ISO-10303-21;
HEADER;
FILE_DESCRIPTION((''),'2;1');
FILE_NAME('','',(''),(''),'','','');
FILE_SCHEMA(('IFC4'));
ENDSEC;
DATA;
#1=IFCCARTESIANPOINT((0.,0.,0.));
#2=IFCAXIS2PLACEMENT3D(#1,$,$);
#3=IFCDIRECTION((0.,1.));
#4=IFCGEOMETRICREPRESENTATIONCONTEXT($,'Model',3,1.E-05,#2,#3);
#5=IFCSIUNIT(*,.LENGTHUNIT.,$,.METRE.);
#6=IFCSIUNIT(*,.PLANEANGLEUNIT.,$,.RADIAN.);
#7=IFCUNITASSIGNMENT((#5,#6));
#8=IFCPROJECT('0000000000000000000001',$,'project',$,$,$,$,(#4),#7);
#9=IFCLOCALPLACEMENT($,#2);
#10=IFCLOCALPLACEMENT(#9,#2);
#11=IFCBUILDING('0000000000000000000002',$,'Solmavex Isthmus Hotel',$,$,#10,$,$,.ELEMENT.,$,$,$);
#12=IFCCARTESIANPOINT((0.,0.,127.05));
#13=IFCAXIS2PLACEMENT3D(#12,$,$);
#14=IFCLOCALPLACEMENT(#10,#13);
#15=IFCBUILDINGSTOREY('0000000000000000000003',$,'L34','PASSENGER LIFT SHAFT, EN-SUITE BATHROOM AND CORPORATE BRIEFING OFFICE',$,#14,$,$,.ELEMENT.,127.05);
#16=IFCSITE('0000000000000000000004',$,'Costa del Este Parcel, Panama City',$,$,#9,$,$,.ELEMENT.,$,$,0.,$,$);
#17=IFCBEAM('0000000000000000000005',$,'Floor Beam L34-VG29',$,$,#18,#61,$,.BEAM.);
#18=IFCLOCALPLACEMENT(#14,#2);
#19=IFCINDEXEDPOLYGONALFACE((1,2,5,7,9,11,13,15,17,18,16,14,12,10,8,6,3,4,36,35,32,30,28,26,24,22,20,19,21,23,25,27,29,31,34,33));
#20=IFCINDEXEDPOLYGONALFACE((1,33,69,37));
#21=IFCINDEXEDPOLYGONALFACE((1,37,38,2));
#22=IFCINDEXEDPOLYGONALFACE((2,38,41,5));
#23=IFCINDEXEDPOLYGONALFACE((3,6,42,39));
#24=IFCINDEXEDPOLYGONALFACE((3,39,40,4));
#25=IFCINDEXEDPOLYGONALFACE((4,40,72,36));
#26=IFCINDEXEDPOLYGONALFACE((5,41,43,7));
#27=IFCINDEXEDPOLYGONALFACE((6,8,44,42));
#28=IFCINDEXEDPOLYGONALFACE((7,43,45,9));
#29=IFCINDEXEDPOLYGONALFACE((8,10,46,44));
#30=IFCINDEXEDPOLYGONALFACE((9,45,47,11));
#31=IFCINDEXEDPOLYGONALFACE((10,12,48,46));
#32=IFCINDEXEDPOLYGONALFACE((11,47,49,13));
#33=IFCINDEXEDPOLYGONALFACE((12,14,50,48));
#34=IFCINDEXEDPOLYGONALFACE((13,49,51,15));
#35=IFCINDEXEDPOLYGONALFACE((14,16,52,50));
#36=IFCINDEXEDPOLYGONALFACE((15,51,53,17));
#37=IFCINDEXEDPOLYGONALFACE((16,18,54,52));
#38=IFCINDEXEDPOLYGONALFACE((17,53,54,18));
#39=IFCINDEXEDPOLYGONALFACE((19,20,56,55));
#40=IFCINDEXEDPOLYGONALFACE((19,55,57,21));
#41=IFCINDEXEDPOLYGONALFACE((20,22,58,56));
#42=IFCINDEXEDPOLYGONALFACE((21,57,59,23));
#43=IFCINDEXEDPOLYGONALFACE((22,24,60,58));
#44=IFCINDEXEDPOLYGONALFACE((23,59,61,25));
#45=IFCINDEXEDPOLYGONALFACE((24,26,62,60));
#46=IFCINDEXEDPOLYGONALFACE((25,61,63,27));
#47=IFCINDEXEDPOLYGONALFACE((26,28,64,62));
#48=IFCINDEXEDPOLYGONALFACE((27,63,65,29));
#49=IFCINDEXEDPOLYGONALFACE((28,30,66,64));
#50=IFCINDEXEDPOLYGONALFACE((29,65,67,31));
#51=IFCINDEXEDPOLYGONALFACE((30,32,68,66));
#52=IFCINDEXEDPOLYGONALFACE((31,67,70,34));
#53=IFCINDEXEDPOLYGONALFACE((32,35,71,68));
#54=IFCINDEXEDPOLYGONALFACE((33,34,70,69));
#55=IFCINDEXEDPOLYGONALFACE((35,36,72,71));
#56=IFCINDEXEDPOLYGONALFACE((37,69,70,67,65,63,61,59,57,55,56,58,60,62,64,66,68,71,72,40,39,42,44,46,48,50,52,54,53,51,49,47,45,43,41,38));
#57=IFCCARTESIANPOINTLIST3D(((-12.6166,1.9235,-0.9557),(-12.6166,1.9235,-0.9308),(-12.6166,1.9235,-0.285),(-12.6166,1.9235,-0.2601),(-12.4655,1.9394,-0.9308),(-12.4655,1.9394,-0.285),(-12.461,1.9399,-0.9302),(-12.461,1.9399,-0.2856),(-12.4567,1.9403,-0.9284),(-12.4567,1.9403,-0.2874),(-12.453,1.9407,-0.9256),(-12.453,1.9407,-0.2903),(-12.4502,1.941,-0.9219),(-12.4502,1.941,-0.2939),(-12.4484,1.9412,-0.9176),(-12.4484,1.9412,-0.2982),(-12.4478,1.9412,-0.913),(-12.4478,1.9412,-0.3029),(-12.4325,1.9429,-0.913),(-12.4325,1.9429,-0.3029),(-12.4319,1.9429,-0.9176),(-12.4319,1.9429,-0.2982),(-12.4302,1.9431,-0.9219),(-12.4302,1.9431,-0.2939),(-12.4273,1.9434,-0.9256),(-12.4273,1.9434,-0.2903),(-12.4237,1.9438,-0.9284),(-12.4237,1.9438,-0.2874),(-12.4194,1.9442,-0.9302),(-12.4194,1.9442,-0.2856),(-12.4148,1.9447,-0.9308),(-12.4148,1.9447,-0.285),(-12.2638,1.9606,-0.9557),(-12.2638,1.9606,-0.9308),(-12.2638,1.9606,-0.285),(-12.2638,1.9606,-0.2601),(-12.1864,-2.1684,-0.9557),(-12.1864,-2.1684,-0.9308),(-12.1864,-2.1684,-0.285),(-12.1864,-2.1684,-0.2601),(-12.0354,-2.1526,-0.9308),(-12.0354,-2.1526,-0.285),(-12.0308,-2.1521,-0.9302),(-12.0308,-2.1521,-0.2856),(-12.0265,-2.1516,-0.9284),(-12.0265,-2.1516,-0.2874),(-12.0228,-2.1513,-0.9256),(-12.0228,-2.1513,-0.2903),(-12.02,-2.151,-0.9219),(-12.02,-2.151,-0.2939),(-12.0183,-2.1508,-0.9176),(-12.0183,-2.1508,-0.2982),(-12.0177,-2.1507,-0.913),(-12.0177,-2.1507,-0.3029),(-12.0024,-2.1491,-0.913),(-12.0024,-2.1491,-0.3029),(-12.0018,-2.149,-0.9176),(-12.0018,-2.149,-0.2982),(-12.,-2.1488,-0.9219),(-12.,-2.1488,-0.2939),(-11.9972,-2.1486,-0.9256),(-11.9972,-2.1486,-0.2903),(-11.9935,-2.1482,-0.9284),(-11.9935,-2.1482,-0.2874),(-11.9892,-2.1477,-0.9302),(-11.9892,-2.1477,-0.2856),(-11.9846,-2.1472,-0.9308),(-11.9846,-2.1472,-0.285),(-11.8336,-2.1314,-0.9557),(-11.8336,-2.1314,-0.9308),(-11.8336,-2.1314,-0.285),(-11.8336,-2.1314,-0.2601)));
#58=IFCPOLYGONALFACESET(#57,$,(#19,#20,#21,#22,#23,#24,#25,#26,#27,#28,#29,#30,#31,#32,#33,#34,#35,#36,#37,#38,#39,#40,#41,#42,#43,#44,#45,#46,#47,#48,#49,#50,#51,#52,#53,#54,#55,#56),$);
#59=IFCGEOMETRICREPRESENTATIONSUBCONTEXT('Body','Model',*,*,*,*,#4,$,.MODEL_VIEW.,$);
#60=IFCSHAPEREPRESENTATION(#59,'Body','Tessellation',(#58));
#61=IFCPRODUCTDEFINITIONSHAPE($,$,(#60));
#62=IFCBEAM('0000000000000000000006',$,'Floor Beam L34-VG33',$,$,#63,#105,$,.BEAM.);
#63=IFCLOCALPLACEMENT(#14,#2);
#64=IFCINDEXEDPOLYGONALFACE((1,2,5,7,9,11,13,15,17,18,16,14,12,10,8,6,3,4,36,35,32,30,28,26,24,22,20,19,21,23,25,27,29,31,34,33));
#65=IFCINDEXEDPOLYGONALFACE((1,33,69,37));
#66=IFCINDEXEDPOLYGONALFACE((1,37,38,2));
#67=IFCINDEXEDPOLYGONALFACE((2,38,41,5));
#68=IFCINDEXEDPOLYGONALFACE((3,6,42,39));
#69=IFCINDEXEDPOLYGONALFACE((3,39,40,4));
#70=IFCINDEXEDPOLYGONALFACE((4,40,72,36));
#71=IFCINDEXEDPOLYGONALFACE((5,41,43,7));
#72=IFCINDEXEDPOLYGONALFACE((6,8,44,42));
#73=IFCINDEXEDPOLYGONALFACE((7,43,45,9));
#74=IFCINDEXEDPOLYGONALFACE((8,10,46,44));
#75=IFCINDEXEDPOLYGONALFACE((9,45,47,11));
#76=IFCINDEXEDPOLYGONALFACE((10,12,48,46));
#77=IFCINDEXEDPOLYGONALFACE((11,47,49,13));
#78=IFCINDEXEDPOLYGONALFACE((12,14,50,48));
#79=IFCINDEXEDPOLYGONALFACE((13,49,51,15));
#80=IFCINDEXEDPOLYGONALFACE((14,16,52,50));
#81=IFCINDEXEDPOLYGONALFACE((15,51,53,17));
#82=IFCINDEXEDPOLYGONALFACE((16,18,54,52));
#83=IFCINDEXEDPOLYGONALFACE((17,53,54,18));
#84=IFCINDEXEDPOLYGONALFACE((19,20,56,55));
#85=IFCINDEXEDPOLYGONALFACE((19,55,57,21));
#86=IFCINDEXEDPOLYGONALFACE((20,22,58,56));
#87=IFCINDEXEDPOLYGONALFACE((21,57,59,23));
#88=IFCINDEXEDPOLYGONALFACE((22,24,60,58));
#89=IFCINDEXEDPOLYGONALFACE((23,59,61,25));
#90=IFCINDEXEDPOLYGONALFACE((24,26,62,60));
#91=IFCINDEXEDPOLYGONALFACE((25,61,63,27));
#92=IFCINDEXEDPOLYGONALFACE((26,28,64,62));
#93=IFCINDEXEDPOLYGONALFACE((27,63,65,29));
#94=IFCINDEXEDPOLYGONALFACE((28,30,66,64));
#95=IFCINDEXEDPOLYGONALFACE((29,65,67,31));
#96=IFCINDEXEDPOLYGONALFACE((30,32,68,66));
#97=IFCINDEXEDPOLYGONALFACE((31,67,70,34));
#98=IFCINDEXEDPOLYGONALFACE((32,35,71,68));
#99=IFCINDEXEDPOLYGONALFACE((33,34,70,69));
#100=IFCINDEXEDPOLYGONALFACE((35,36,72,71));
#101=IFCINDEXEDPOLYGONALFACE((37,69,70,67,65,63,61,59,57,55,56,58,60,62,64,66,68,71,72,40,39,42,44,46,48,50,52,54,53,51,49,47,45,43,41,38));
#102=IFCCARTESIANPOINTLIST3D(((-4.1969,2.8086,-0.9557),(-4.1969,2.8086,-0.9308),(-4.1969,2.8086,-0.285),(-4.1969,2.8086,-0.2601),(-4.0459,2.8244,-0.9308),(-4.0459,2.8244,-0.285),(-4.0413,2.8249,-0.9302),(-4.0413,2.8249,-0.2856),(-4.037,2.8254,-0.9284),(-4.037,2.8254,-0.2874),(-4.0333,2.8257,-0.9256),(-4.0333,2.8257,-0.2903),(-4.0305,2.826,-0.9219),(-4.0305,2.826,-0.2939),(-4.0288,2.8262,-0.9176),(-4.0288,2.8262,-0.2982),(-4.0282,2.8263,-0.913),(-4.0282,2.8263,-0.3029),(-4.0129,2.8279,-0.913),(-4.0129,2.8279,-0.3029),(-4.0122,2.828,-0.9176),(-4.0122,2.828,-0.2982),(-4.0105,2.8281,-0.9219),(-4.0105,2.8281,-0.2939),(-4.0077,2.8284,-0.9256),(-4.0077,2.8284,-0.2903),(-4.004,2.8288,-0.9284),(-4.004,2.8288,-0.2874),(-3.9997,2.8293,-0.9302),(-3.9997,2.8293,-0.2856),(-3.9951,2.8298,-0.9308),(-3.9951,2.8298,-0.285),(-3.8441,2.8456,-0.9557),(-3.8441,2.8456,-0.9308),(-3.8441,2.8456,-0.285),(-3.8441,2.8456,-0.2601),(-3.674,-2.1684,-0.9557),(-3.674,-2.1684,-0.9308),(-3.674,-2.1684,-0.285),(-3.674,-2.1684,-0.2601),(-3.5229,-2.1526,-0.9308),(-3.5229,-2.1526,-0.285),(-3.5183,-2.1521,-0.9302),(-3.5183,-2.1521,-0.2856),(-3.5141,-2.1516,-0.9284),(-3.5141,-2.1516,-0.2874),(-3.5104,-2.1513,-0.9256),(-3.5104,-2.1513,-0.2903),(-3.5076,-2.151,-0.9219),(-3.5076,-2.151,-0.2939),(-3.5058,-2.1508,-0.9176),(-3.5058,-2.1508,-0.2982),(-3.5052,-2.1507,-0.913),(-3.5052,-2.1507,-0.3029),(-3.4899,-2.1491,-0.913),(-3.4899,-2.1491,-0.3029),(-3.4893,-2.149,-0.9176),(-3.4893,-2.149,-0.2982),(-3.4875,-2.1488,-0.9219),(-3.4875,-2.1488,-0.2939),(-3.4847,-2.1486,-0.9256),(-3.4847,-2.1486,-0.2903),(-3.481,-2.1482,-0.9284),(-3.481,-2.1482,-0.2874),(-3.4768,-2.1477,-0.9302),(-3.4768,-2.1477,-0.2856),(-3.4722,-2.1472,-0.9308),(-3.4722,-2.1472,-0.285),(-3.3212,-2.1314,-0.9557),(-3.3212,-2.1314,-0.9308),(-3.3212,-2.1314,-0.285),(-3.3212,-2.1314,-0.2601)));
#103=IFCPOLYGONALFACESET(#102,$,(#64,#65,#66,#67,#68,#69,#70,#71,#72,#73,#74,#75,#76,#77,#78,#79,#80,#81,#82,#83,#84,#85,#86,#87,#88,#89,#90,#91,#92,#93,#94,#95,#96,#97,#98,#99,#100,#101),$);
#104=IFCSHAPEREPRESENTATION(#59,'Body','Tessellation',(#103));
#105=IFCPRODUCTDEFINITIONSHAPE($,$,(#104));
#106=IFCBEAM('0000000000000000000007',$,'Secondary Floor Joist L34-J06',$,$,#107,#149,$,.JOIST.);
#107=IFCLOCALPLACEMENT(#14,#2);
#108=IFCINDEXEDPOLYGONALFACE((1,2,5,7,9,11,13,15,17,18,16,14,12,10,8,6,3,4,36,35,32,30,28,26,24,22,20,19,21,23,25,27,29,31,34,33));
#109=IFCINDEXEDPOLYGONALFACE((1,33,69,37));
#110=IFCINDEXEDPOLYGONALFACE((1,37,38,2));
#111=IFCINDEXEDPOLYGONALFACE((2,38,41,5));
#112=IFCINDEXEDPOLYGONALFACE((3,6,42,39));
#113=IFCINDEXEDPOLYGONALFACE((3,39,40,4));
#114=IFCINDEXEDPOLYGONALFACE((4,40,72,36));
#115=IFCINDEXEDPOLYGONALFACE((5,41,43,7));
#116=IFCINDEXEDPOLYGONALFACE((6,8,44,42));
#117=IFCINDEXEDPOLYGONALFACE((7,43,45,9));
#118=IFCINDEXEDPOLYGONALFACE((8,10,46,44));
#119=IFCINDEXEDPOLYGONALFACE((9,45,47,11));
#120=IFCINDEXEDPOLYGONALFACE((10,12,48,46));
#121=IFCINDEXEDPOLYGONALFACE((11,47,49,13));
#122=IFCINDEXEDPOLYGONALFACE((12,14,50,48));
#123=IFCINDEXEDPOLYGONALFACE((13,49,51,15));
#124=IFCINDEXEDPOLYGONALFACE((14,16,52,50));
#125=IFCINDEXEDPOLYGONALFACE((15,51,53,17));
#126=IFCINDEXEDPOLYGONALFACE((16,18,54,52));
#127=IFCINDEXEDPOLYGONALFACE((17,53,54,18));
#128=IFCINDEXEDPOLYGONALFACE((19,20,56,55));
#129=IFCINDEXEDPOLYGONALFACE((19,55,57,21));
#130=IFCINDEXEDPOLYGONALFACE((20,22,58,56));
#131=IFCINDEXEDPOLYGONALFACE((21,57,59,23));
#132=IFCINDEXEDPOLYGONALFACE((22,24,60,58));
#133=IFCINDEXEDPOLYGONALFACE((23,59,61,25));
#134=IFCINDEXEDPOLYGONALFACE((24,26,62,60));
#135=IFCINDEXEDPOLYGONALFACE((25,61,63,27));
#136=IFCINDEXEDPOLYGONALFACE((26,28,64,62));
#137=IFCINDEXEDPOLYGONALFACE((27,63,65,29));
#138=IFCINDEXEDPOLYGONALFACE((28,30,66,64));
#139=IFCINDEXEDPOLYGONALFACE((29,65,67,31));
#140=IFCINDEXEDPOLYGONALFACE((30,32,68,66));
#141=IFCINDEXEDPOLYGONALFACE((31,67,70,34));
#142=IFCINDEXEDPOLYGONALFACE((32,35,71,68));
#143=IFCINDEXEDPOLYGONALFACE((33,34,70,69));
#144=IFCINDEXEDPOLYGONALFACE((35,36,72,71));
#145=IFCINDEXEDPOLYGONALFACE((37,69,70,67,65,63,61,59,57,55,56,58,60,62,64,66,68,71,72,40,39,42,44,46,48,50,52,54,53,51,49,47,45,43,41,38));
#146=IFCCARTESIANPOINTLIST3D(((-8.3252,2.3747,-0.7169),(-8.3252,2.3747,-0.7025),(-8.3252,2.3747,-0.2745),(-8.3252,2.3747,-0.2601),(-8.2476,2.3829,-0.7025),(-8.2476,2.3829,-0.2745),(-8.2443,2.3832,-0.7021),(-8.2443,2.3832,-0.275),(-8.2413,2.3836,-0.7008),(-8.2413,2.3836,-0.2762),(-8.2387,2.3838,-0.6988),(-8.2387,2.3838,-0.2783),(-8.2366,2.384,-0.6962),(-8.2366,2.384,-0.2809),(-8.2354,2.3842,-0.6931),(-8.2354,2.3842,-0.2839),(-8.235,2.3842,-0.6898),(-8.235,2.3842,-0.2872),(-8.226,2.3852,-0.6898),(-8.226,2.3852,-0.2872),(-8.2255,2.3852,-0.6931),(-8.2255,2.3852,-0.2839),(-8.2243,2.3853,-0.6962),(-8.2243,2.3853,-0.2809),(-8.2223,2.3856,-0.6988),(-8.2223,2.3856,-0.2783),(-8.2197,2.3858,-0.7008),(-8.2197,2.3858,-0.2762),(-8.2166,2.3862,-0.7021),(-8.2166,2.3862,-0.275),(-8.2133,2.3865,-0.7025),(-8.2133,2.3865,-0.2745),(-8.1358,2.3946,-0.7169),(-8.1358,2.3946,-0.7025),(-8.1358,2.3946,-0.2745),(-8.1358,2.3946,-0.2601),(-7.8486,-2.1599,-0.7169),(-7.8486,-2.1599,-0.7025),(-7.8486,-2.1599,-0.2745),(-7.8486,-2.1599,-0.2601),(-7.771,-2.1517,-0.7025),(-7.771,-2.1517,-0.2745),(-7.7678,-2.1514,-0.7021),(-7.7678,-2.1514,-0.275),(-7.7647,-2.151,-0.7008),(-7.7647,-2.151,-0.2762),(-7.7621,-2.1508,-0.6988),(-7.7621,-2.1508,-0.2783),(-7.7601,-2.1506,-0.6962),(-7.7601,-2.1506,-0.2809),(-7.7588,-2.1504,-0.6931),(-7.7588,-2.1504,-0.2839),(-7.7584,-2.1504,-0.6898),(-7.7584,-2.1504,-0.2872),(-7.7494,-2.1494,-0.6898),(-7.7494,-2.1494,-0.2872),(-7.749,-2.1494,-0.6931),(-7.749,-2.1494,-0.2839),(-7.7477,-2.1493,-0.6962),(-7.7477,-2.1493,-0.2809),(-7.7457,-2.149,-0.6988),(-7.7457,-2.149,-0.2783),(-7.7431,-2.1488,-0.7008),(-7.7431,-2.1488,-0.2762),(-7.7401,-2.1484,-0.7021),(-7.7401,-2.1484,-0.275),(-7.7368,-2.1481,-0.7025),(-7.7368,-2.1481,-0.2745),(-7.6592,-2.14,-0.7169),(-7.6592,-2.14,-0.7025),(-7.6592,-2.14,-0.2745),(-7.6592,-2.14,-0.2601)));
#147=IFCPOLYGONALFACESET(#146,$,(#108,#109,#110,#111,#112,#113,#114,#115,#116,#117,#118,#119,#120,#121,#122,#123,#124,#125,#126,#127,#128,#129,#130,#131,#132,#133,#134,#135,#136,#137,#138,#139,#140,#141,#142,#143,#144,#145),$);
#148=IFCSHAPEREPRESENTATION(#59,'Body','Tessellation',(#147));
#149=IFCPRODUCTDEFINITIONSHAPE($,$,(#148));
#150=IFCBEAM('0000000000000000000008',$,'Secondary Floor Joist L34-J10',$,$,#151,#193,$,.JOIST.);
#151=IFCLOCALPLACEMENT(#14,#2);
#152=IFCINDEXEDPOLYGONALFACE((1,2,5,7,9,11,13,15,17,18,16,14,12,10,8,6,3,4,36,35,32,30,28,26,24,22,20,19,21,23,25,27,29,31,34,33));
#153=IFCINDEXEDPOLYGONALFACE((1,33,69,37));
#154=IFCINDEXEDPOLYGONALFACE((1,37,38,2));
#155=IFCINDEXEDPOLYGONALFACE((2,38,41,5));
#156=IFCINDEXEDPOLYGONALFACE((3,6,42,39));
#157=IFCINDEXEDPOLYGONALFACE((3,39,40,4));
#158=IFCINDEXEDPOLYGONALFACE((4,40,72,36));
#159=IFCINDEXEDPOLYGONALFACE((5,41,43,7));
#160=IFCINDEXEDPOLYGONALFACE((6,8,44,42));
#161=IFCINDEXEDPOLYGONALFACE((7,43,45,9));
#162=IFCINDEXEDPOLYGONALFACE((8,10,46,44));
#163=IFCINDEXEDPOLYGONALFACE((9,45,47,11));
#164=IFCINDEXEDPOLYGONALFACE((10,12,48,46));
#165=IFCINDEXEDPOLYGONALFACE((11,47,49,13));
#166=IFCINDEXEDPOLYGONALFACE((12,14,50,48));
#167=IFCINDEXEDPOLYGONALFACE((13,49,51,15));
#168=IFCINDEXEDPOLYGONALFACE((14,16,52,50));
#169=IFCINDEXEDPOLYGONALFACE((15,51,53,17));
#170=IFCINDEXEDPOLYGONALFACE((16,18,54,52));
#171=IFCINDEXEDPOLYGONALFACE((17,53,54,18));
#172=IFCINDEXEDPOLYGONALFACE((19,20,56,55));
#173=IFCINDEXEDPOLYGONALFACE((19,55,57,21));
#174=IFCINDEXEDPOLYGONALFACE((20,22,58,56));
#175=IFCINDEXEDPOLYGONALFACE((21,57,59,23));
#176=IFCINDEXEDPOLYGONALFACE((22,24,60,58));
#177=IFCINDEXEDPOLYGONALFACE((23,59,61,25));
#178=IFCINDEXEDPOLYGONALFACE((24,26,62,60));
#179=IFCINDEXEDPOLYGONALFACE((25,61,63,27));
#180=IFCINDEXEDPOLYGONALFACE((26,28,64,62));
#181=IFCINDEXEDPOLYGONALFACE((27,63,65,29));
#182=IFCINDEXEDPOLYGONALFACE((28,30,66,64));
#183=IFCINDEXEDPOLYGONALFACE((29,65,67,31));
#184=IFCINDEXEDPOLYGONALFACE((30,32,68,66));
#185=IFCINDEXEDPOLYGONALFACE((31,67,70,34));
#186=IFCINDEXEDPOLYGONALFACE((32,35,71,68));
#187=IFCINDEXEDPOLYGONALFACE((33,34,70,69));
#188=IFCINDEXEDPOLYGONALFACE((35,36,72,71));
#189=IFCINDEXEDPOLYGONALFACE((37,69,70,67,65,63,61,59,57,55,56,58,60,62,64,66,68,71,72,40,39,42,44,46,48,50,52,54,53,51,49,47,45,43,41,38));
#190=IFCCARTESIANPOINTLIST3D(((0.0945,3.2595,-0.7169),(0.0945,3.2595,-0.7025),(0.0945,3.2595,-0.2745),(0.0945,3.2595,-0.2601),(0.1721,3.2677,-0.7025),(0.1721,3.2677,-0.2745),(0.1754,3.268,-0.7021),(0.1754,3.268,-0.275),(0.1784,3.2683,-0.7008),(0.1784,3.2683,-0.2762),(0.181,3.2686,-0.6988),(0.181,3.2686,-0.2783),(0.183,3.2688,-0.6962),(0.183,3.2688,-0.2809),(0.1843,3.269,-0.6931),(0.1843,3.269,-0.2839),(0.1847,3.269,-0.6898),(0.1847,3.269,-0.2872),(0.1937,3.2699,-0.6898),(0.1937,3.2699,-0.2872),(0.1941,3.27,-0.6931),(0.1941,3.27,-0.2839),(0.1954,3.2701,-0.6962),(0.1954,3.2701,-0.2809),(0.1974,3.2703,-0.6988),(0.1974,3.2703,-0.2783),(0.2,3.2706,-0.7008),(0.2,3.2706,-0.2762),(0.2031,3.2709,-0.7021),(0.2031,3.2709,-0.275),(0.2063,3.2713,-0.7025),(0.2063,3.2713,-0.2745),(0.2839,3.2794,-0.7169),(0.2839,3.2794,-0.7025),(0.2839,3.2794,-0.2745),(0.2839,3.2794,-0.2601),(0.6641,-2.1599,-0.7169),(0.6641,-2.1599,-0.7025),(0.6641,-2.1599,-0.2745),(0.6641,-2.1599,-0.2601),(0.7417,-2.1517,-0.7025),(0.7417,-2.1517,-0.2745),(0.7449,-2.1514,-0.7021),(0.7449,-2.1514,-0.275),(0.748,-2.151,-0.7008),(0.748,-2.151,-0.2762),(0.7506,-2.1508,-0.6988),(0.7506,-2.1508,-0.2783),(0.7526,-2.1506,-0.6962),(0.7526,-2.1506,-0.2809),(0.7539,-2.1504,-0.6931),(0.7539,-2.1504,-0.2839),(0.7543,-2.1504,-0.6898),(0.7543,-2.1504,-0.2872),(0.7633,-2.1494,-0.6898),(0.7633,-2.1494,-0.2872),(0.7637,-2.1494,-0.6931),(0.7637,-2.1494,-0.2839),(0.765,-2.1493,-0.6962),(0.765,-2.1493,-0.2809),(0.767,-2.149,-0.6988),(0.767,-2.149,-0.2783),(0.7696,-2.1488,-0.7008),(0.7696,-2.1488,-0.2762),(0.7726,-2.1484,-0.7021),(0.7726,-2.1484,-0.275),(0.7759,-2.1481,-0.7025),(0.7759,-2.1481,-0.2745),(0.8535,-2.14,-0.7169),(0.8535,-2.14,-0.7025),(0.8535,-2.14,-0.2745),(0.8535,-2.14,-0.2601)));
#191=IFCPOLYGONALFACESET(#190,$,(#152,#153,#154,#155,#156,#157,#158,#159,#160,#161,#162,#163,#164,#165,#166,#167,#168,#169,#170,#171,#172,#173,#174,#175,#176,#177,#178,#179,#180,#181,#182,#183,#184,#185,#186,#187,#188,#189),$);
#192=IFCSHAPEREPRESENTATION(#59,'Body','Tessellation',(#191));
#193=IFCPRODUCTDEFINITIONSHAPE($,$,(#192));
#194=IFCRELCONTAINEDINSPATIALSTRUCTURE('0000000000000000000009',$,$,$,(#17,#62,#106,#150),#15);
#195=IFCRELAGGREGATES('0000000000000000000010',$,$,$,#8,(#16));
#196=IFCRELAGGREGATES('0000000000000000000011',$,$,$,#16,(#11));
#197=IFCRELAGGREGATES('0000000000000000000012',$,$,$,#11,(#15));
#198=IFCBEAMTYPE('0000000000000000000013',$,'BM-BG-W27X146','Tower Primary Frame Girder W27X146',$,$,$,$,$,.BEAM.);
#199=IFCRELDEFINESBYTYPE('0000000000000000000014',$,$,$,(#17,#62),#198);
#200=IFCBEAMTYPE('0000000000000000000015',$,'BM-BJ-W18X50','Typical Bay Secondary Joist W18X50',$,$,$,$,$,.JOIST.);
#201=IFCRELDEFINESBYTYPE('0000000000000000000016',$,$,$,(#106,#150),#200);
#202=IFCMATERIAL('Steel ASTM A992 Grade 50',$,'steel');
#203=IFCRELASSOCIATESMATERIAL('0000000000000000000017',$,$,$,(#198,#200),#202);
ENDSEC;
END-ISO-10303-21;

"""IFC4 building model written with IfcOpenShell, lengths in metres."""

from ifc_helpers import new_model, si_unit, direction, frame, origin, origin_2d, place, context, subcontext, project, spatial, i_section, extrude, material, material_profile, profile_set, type_object, element, save


model = new_model("IFC4")

# Units and contexts
model_context = context("Model", 3, precision=1e-05, world=origin(), true_north=direction((0.0, 1.0)))
body_context = subcontext(model_context, "Body", "Model", "MODEL_VIEW")
ifc_project = project(units=[si_unit("LENGTHUNIT", "METRE"), si_unit("PLANEANGLEUNIT", "RADIAN")], contexts=[model_context])

# Site, building, storey
site_placement = place(None, origin())
site = spatial("IfcSite", under=ifc_project, at=site_placement, Name="Costa del Este Parcel, Panama City", CompositionType="ELEMENT", RefElevation=0.0)
building_placement = place(site_placement, origin())
building = spatial("IfcBuilding", under=site, at=building_placement, Name="Solmavex Isthmus Hotel", CompositionType="ELEMENT")
storey_placement = place(building_placement, frame((0.0, 0.0, 127.05)))
storey = spatial("IfcBuildingStorey", under=building, at=storey_placement, Name="L34", Description="PASSENGER LIFT SHAFT, EN-SUITE BATHROOM AND CORPORATE BRIEFING OFFICE", CompositionType="ELEMENT", Elevation=127.05)

# Beams
ifc_material_1 = material(Name="Steel ASTM A992 Grade 50", Category="steel")
ifc_material_profile_1 = material_profile(ifc_material_1, i_section(OverallWidth=0.3547, OverallDepth=0.6956, WebThickness=0.0154, FlangeThickness=0.0249, FilletRadius=0.0178, at=origin_2d()), Name="W27X146")
ifc_profile_set_1 = profile_set([ifc_material_profile_1], Name="Steel ASTM A992 Grade 50")
beam_type_1 = type_object("IfcBeamType", Name="BM-BG-W27X146", Description="Tower Primary Frame Girder W27X146", PredefinedType="BEAM", material=ifc_profile_set_1)
beam_1_placement = place(storey_placement, frame((-12.01, -2.1499, -0.6079), z_axis=(-0.104549, 0.99452, 0.0), x_axis=(-0.99452, -0.104549, 0.0)))
element("IfcBeam", 1, at=beam_1_placement, inside=storey, type_object=beam_type_1, Name="Floor Beam L34-VG29", PredefinedType="BEAM", context=body_context, shape_type="SweptSolid", body=[
    extrude(i_section(OverallWidth=0.3547, OverallDepth=0.6956, WebThickness=0.0154, FlangeThickness=0.0249, FilletRadius=0.0178, at=origin_2d()), origin(), (0.0, 0.0, 1.0), 4.1145),
])
beam_2_placement = place(storey_placement, frame((-3.4976, -2.1499, -0.6079), z_axis=(-0.104497, 0.994525, 0.0), x_axis=(-0.994525, -0.104497, 0.0)))
element("IfcBeam", 2, at=beam_2_placement, inside=storey, type_object=beam_type_1, Name="Floor Beam L34-VG33", PredefinedType="BEAM", context=body_context, shape_type="SweptSolid", body=[
    extrude(i_section(OverallWidth=0.3547, OverallDepth=0.6956, WebThickness=0.0154, FlangeThickness=0.0249, FilletRadius=0.0178, at=origin_2d()), origin(), (0.0, 0.0, 1.0), 5.0044),
])
ifc_material_profile_2 = material_profile(ifc_material_1, i_section(OverallWidth=0.1904, OverallDepth=0.4568, WebThickness=0.009, FlangeThickness=0.0144, FilletRadius=0.0127, at=origin_2d()), Name="W18X50")
ifc_profile_set_2 = profile_set([ifc_material_profile_2], Name="Steel ASTM A992 Grade 50")
beam_type_2 = type_object("IfcBeamType", Name="BM-BJ-W18X50", Description="Typical Bay Secondary Joist W18X50", PredefinedType="JOIST", material=ifc_profile_set_2)
beam_3_placement = place(storey_placement, frame((-7.7539, -2.1499, -0.4885), z_axis=(-0.104518, 0.994523, 0.0), x_axis=(-0.994523, -0.104518, 0.0)))
element("IfcBeam", 3, at=beam_3_placement, inside=storey, type_object=beam_type_2, Name="Secondary Floor Joist L34-J06", PredefinedType="JOIST", context=body_context, shape_type="SweptSolid", body=[
    extrude(i_section(OverallWidth=0.1904, OverallDepth=0.4568, WebThickness=0.009, FlangeThickness=0.0144, FilletRadius=0.0127, at=origin_2d()), origin(), (0.0, 0.0, 1.0), 4.5596),
])
beam_4_placement = place(storey_placement, frame((0.7588, -2.1499, -0.4885), z_axis=(-0.104524, 0.994522, 0.0), x_axis=(-0.994522, -0.104524, 0.0)))
element("IfcBeam", 4, at=beam_4_placement, inside=storey, type_object=beam_type_2, Name="Secondary Floor Joist L34-J10", PredefinedType="JOIST", context=body_context, shape_type="SweptSolid", body=[
    extrude(i_section(OverallWidth=0.1904, OverallDepth=0.4568, WebThickness=0.009, FlangeThickness=0.0144, FilletRadius=0.0127, at=origin_2d()), origin(), (0.0, 0.0, 1.0), 5.4492),
])

save(model, "model.ifc")
